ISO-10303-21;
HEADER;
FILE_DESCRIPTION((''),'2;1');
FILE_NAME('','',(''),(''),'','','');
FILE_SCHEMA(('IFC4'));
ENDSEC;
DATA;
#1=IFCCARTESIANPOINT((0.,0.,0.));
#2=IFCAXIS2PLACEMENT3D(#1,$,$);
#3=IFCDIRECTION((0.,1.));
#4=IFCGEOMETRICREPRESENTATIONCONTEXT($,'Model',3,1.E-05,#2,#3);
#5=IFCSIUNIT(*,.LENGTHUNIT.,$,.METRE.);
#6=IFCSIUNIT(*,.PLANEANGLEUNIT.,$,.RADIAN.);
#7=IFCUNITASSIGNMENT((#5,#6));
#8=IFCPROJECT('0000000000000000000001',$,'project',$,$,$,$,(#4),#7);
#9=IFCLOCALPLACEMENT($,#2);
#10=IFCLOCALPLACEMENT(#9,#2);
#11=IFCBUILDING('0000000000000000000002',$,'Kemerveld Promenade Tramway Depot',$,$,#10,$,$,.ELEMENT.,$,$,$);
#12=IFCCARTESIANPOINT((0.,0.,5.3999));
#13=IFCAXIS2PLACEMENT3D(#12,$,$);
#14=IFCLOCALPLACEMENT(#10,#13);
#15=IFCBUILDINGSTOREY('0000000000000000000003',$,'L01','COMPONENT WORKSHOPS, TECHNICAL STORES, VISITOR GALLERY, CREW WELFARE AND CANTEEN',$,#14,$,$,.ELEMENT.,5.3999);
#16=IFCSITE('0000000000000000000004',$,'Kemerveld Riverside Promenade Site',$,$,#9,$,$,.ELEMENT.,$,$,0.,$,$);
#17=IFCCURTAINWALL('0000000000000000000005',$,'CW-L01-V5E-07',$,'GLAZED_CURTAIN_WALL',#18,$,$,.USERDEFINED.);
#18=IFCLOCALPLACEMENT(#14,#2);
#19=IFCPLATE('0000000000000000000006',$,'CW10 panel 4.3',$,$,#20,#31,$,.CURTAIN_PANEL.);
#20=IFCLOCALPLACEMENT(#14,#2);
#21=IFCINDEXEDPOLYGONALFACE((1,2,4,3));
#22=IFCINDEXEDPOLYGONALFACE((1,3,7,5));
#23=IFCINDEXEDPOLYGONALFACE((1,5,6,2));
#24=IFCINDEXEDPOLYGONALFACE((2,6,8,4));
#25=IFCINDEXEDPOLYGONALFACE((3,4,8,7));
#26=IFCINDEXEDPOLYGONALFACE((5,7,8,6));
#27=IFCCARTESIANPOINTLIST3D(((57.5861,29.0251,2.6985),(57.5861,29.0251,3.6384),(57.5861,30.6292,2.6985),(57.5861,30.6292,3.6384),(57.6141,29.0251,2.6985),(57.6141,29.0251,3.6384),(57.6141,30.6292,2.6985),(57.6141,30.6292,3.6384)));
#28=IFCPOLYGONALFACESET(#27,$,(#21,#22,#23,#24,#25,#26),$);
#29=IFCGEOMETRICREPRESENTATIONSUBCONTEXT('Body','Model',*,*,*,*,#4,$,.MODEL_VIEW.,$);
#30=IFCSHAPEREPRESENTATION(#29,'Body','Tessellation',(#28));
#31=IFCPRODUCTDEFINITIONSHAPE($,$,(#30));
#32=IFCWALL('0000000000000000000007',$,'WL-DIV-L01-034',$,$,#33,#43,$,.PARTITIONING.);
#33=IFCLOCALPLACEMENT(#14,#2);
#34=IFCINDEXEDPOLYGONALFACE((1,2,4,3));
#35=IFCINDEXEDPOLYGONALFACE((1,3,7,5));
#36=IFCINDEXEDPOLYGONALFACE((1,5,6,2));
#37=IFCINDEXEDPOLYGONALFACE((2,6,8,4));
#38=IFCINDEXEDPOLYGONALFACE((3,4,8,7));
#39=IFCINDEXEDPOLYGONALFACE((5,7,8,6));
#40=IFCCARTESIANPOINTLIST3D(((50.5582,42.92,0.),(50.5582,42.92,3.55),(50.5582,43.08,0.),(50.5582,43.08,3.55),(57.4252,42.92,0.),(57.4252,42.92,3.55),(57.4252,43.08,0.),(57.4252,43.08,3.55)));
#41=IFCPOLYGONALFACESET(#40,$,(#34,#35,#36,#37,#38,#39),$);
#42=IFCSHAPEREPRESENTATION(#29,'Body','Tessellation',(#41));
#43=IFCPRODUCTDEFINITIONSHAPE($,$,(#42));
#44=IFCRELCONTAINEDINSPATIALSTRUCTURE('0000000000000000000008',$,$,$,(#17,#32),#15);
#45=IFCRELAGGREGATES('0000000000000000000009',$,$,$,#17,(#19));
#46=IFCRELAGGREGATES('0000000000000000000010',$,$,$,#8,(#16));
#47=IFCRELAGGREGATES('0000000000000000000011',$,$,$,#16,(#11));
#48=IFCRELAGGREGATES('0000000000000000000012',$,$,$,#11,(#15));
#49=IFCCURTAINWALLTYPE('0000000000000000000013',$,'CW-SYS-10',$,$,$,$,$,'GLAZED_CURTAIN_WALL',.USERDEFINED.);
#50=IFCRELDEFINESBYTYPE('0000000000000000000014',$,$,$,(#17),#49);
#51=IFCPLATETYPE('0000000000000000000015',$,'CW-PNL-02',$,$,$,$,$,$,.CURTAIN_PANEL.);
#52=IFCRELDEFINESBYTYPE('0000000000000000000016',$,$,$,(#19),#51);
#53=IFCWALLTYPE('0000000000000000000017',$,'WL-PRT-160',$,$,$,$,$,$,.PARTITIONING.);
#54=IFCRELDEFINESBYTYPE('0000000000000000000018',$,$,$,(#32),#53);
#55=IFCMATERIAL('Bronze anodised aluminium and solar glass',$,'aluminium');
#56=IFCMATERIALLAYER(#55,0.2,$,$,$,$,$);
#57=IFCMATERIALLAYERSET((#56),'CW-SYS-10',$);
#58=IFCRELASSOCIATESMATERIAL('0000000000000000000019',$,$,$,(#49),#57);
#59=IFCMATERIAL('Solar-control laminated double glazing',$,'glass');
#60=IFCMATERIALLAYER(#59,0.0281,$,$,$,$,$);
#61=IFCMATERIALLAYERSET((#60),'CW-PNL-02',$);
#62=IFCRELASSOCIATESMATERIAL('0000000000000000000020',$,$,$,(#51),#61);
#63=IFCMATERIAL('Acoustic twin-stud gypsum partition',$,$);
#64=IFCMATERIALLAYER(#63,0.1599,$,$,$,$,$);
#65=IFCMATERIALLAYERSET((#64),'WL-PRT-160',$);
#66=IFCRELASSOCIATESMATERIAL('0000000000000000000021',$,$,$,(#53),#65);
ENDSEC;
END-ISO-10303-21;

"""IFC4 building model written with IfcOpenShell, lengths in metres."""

from ifc_helpers import new_model, si_unit, direction, frame, frame_2d, origin, origin_2d, place, context, subcontext, project, spatial, rectangle, extrude, material, layer, layer_set, type_object, element, aggregate, save


model = new_model("IFC4")

# Units and contexts
model_context = context("Model", 3, precision=1e-05, world=origin(), true_north=direction((0.0, 1.0)))
body_context = subcontext(model_context, "Body", "Model", "MODEL_VIEW")
ifc_project = project(units=[si_unit("LENGTHUNIT", "METRE"), si_unit("PLANEANGLEUNIT", "RADIAN")], contexts=[model_context])

# Site, building, storey
site_placement = place(None, origin())
site = spatial("IfcSite", under=ifc_project, at=site_placement, Name="Kemerveld Riverside Promenade Site", CompositionType="ELEMENT", RefElevation=0.0)
building_placement = place(site_placement, origin())
building = spatial("IfcBuilding", under=site, at=building_placement, Name="Kemerveld Promenade Tramway Depot", CompositionType="ELEMENT")
storey_placement = place(building_placement, frame((0.0, 0.0, 5.3999)))
storey = spatial("IfcBuildingStorey", under=building, at=storey_placement, Name="L01", Description="COMPONENT WORKSHOPS, TECHNICAL STORES, VISITOR GALLERY, CREW WELFARE AND CANTEEN", CompositionType="ELEMENT", Elevation=5.3999)

# Curtain wall, plate
ifc_material_1 = material(Name="Bronze anodised aluminium and solar glass", Category="aluminium")
ifc_layer_1 = layer(ifc_material_1, 0.2)
ifc_layer_set_1 = layer_set([ifc_layer_1], Name="CW-SYS-10")
curtain_wall_type = type_object("IfcCurtainWallType", Name="CW-SYS-10", ElementType="GLAZED_CURTAIN_WALL", PredefinedType="USERDEFINED", material=ifc_layer_set_1)
curtain_wall_placement = place(storey_placement, origin())
curtain_wall = element("IfcCurtainWall", 1, at=curtain_wall_placement, inside=storey, type_object=curtain_wall_type, Name="CW-L01-V5E-07", ObjectType="GLAZED_CURTAIN_WALL", PredefinedType="USERDEFINED")
ifc_material_2 = material(Name="Solar-control laminated double glazing", Category="glass")
ifc_layer_2 = layer(ifc_material_2, 0.0281)
ifc_layer_set_2 = layer_set([ifc_layer_2], Name="CW-PNL-02")
plate_type = type_object("IfcPlateType", Name="CW-PNL-02", PredefinedType="CURTAIN_PANEL", material=ifc_layer_set_2)
plate_1_placement = place(storey_placement, frame((57.6001, 29.8271, 2.6985), z_axis=(0.0, 0.0, 1.0), x_axis=(0.0, -1.0, 0.0)))
plate_1 = element("IfcPlate", 2, at=plate_1_placement, type_object=plate_type, Name="CW10 panel 4.3", PredefinedType="CURTAIN_PANEL", context=body_context, shape_type="SweptSolid", body=[
    extrude(rectangle(XDim=1.604, YDim=0.0281, at=origin_2d()), origin(), (0.0, 0.0, 1.0), 0.9399),
])
aggregate(curtain_wall, [plate_1])

# Wall
ifc_material_3 = material(Name="Acoustic twin-stud gypsum partition")
ifc_layer_3 = layer(ifc_material_3, 0.1599)
ifc_layer_set_3 = layer_set([ifc_layer_3], Name="WL-PRT-160")
wall_type = type_object("IfcWallType", Name="WL-PRT-160", PredefinedType="PARTITIONING", material=ifc_layer_set_3)
wall_placement = place(storey_placement, frame((50.5581, 43.0, 0.0), z_axis=(0.0, 0.0, 1.0), x_axis=(1.0, 0.0, 0.0)))
element("IfcWall", 3, at=wall_placement, inside=storey, type_object=wall_type, Name="WL-DIV-L01-034", PredefinedType="PARTITIONING", context=body_context, shape_type="SweptSolid", body=[
    extrude(rectangle(XDim=6.8669, YDim=0.1599, at=frame_2d((3.4336, 0.0))), origin(), (0.0, 0.0, 1.0), 3.55),
])

save(model, "model.ifc")
